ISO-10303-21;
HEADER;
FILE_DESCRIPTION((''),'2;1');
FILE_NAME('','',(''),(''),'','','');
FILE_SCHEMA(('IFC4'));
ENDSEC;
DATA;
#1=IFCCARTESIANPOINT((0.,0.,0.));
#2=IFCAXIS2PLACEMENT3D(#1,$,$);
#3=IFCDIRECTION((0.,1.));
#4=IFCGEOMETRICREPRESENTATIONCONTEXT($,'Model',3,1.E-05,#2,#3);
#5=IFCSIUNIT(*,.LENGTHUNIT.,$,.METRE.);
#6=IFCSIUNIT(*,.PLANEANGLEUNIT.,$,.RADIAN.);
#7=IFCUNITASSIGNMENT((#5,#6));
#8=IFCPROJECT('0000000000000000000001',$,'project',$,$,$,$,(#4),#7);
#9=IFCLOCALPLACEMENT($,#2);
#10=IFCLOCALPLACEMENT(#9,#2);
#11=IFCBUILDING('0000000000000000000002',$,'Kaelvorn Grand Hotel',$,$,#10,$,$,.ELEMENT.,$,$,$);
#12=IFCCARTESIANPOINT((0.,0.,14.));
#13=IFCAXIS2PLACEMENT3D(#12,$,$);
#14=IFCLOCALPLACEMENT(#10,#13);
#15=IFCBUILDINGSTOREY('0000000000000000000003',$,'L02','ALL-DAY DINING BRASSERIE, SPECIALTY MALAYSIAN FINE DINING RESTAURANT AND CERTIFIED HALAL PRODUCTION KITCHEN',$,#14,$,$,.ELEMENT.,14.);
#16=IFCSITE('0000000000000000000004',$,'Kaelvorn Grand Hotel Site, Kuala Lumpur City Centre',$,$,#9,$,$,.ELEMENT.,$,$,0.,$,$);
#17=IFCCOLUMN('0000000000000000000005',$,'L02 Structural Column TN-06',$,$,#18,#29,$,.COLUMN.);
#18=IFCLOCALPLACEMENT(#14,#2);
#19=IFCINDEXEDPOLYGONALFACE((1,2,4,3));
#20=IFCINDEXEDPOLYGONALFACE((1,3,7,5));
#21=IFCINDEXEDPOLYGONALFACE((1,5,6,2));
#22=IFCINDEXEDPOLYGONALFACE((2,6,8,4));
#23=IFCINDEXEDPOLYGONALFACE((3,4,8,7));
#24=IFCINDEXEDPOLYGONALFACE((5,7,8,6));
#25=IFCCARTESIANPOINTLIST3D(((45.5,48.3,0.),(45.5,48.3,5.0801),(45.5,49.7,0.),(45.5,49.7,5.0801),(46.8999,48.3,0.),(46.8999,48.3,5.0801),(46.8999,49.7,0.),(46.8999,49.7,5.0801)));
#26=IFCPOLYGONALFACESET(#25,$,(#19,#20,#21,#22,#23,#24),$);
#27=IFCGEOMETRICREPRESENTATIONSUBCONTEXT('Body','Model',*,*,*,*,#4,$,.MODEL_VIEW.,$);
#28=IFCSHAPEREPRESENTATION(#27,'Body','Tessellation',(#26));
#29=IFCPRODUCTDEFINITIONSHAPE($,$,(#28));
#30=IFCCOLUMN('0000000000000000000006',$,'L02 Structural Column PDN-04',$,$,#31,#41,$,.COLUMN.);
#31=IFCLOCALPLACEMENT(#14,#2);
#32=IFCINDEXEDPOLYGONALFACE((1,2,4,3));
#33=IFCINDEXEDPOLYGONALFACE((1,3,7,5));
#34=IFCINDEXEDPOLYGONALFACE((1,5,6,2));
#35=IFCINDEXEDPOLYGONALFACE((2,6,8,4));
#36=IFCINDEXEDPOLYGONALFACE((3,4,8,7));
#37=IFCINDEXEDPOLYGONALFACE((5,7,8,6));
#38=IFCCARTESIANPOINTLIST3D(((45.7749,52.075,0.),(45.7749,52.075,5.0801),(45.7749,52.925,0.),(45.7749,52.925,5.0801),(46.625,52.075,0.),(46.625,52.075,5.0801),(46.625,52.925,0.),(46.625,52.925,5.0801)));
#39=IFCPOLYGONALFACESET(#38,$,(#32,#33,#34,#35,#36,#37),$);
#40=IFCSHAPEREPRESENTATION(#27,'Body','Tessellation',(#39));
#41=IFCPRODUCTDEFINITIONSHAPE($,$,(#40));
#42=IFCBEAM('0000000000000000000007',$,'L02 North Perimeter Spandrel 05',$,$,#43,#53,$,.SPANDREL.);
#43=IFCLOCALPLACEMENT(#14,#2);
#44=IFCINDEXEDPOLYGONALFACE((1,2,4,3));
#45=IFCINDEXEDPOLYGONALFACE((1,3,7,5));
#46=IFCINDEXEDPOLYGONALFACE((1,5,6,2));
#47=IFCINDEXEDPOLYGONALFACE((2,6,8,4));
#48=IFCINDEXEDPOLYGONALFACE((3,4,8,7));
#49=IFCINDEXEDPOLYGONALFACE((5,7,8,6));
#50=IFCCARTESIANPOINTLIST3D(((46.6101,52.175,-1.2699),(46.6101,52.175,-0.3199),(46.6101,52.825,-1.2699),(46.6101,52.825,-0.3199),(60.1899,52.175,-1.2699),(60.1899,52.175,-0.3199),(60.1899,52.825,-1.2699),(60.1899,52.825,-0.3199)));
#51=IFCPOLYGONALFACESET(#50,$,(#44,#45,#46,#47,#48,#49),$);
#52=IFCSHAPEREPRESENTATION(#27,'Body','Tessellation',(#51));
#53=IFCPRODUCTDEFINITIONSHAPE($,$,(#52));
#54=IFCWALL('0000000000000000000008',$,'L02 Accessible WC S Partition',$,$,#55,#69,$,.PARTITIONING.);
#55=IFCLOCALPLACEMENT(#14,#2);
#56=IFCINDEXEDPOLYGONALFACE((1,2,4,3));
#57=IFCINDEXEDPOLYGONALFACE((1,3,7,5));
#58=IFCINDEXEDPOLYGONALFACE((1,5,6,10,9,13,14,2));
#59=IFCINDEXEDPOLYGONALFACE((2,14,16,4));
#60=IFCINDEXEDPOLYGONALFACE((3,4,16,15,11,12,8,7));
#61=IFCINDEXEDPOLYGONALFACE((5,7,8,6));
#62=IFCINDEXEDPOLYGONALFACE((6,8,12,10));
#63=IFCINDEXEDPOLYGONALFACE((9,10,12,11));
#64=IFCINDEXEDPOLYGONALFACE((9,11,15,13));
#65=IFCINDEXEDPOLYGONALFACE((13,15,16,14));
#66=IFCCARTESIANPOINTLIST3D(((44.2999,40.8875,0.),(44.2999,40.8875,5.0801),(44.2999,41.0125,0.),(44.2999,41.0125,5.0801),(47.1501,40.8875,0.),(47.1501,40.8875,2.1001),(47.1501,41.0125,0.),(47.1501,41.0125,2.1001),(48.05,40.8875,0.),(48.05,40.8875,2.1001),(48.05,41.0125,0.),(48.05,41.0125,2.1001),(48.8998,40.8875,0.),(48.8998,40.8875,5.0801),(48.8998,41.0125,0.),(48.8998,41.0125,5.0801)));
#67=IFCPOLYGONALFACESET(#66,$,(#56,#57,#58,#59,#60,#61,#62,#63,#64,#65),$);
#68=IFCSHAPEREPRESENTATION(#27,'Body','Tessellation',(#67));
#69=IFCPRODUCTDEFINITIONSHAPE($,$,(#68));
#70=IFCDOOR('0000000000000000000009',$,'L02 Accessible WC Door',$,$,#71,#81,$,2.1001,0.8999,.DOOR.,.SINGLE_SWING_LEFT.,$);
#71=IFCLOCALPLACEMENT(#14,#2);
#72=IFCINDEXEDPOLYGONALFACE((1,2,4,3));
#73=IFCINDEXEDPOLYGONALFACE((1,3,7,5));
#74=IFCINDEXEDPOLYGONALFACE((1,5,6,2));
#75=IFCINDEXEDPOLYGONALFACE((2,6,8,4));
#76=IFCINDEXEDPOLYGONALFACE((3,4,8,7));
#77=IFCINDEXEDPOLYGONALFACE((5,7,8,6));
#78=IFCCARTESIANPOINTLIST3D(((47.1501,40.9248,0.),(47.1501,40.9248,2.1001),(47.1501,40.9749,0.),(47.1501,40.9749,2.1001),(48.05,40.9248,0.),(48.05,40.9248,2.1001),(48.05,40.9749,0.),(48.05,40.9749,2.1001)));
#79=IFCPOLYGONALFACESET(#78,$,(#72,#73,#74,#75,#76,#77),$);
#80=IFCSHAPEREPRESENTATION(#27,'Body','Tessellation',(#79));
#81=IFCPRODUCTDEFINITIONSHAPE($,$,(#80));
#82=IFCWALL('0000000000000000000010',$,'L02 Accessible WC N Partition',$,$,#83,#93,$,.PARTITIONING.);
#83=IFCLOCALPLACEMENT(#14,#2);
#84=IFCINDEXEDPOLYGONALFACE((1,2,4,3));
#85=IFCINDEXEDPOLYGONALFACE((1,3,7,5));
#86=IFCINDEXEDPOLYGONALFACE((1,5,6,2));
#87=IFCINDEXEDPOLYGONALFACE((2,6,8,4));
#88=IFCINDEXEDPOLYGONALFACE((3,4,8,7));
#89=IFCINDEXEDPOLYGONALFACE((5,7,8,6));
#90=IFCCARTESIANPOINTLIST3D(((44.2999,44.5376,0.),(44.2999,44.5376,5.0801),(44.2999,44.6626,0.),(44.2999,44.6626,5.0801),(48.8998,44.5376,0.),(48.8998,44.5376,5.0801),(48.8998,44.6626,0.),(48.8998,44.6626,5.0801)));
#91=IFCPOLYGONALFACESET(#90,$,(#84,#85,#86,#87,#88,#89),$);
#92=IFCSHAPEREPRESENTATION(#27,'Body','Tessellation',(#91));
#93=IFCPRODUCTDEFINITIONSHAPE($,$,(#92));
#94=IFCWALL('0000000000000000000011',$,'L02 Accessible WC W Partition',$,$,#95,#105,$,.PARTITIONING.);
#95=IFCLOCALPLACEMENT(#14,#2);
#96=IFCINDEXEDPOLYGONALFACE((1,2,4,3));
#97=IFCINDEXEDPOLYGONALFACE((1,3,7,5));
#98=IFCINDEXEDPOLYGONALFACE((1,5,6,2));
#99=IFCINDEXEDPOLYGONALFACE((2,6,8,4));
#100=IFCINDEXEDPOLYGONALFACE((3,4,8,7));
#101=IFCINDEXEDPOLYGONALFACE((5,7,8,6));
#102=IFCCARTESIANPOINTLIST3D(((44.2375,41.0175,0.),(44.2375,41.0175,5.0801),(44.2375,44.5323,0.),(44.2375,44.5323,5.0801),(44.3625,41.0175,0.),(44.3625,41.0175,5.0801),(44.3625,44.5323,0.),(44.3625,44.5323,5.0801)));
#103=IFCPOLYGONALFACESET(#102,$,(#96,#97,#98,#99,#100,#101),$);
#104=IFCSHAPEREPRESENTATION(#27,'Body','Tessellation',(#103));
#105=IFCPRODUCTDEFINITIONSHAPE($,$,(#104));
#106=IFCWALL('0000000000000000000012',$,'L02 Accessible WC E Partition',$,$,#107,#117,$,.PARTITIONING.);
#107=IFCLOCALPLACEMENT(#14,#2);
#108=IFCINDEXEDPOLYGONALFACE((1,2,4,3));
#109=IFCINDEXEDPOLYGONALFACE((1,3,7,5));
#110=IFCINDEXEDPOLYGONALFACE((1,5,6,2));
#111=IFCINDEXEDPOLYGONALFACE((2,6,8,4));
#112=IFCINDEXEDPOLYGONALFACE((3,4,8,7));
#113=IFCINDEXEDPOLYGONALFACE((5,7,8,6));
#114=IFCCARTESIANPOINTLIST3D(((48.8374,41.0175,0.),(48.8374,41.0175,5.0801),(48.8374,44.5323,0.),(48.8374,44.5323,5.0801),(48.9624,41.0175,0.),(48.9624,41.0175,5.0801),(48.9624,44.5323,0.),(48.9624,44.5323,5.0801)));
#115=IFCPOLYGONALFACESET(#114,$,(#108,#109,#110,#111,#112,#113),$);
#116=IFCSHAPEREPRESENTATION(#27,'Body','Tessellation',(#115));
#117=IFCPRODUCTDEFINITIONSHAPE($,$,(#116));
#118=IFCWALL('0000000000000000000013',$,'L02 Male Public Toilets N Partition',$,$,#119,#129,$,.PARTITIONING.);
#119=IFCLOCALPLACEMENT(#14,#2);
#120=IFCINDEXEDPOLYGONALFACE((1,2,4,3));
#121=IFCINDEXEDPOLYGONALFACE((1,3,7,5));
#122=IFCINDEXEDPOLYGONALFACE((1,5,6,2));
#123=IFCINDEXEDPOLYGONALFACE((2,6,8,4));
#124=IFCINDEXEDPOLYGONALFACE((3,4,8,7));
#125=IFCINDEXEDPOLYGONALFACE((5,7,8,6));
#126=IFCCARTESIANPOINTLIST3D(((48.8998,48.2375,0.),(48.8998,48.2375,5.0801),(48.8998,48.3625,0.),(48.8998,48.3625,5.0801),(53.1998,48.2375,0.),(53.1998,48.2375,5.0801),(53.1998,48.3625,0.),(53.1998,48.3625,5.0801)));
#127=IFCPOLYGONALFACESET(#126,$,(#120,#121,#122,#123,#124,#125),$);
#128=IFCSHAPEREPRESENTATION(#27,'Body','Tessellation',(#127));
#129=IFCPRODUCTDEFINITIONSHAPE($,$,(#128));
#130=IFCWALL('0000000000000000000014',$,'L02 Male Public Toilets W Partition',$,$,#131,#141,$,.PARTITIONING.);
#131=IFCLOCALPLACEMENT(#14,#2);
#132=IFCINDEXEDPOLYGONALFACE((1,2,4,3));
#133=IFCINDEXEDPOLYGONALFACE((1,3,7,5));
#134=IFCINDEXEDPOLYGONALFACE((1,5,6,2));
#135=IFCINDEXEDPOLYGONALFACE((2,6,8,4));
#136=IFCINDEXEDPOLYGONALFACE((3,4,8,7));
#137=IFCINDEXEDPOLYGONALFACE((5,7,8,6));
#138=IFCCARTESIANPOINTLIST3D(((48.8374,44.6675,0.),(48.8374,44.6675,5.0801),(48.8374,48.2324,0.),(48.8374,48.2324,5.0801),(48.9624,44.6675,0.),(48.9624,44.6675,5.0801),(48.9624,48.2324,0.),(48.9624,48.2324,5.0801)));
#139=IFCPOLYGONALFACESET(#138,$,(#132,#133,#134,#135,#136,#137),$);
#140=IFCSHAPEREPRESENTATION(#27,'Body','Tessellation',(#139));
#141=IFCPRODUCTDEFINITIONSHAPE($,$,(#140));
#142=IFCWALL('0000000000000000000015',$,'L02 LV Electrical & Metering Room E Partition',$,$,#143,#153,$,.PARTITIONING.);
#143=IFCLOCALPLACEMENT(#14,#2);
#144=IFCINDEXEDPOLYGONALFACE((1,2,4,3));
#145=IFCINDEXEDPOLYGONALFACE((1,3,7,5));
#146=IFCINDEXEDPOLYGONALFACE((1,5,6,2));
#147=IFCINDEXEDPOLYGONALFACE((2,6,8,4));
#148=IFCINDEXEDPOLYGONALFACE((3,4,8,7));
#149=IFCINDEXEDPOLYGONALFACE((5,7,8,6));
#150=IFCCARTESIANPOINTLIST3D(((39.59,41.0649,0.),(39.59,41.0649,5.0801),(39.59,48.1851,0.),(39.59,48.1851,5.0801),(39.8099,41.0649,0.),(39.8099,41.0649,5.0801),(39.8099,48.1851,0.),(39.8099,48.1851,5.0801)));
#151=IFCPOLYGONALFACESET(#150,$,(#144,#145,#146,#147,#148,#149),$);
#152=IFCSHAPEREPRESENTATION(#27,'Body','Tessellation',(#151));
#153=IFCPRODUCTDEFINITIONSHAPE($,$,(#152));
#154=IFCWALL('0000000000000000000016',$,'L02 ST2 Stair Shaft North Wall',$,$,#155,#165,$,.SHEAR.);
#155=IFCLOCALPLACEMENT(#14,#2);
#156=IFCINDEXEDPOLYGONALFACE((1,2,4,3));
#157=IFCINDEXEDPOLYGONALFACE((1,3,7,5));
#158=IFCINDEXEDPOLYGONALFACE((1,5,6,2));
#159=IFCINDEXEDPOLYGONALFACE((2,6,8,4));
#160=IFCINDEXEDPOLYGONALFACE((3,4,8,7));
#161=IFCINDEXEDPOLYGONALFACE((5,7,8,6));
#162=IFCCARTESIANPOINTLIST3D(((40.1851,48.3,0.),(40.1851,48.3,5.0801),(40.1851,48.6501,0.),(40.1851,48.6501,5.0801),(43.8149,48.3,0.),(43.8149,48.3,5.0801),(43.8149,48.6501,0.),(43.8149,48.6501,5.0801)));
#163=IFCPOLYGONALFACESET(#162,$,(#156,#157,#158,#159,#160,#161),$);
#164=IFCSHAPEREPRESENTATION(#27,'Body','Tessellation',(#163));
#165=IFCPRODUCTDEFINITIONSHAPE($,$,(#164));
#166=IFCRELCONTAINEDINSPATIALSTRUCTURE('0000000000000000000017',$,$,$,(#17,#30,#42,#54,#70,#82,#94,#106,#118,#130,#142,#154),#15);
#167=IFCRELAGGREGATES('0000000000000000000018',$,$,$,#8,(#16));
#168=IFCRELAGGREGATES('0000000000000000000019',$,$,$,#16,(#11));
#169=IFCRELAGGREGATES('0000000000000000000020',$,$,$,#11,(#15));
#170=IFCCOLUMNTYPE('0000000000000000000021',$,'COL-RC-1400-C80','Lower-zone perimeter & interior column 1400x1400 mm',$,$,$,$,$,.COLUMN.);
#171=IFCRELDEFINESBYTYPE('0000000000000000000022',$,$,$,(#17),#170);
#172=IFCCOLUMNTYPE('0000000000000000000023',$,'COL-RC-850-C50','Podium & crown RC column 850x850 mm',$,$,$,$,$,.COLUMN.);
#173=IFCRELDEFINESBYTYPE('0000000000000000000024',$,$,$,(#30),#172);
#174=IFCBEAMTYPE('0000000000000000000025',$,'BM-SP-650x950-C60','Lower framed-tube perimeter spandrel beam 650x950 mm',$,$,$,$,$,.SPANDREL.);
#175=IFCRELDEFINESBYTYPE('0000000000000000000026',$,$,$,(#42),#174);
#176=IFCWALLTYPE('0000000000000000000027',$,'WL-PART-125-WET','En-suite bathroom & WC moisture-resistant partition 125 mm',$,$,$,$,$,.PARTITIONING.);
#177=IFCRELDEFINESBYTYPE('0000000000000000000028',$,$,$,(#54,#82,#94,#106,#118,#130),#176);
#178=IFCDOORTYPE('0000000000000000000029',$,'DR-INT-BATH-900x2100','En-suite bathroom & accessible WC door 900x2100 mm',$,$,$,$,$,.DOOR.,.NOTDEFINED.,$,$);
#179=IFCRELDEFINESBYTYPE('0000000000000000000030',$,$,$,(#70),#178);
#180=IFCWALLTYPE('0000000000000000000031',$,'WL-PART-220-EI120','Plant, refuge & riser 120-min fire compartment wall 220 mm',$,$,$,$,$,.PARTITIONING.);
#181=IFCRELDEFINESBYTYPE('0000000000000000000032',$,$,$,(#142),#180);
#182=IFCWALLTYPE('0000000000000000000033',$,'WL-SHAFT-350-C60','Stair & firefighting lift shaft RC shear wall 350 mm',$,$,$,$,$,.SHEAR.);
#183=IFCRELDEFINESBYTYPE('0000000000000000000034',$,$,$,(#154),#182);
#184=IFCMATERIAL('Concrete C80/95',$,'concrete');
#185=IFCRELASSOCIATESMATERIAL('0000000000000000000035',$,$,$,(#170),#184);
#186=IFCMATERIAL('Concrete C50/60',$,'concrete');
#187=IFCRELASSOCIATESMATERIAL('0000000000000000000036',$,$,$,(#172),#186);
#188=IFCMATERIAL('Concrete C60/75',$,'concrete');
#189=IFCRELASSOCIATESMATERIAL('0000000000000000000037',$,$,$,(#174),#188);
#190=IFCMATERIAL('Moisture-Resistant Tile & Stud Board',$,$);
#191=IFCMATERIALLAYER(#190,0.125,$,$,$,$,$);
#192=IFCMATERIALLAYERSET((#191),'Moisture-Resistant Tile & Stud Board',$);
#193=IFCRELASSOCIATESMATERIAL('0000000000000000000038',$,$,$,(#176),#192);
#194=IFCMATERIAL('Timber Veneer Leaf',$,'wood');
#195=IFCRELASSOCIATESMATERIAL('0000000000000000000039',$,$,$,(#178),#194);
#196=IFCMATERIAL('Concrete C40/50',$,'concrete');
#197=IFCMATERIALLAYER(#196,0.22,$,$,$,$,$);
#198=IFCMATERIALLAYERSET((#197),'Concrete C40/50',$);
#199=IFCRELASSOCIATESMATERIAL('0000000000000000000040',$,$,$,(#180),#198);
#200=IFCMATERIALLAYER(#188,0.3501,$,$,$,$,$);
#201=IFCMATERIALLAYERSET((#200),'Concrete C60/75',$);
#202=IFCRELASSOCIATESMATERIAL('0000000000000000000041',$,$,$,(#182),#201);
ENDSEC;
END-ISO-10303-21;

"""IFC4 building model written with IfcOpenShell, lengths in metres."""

from ifc_helpers import new_model, si_unit, direction, frame, frame_2d, origin, origin_2d, place, context, subcontext, project, spatial, rectangle, extrude, material, layer, layer_set, material_profile, profile_set, type_object, element, fill, save


model = new_model("IFC4")

# Units and contexts
model_context = context("Model", 3, precision=1e-05, world=origin(), true_north=direction((0.0, 1.0)))
body_context = subcontext(model_context, "Body", "Model", "MODEL_VIEW")
ifc_project = project(units=[si_unit("LENGTHUNIT", "METRE"), si_unit("PLANEANGLEUNIT", "RADIAN")], contexts=[model_context])

# Site, building, storey
site_placement = place(None, origin())
site = spatial("IfcSite", under=ifc_project, at=site_placement, Name="Kaelvorn Grand Hotel Site, Kuala Lumpur City Centre", CompositionType="ELEMENT", RefElevation=0.0)
building_placement = place(site_placement, origin())
building = spatial("IfcBuilding", under=site, at=building_placement, Name="Kaelvorn Grand Hotel", CompositionType="ELEMENT")
storey_placement = place(building_placement, frame((0.0, 0.0, 14.0)))
storey = spatial("IfcBuildingStorey", under=building, at=storey_placement, Name="L02", Description="ALL-DAY DINING BRASSERIE, SPECIALTY MALAYSIAN FINE DINING RESTAURANT AND CERTIFIED HALAL PRODUCTION KITCHEN", CompositionType="ELEMENT", Elevation=14.0)

# Columns
ifc_material_1 = material(Name="Concrete C80/95", Category="concrete")
ifc_material_profile_1 = material_profile(ifc_material_1, rectangle(XDim=1.3999, YDim=1.3999, at=origin_2d()), Name="RC COL 1400x1400")
ifc_profile_set_1 = profile_set([ifc_material_profile_1], Name="Concrete C80/95")
column_type_1 = type_object("IfcColumnType", Name="COL-RC-1400-C80", Description="Lower-zone perimeter & interior column 1400x1400 mm", PredefinedType="COLUMN", material=ifc_profile_set_1)
column_1_placement = place(storey_placement, frame((46.2, 49.0, 0.0), z_axis=(0.0, 0.0, 1.0), x_axis=(1.0, 0.0, 0.0)))
element("IfcColumn", 1, at=column_1_placement, inside=storey, type_object=column_type_1, Name="L02 Structural Column TN-06", PredefinedType="COLUMN", context=body_context, shape_type="SweptSolid", body=[
    extrude(rectangle(XDim=1.3999, YDim=1.3999, at=origin_2d()), origin(), (0.0, 0.0, 1.0), 5.0801),
])
ifc_material_2 = material(Name="Concrete C50/60", Category="concrete")
ifc_material_profile_2 = material_profile(ifc_material_2, rectangle(XDim=0.8501, YDim=0.8501, at=origin_2d()), Name="RC COL 850x850")
ifc_profile_set_2 = profile_set([ifc_material_profile_2], Name="Concrete C50/60")
column_type_2 = type_object("IfcColumnType", Name="COL-RC-850-C50", Description="Podium & crown RC column 850x850 mm", PredefinedType="COLUMN", material=ifc_profile_set_2)
column_2_placement = place(storey_placement, frame((46.2, 52.5, 0.0), z_axis=(0.0, 0.0, 1.0), x_axis=(1.0, 0.0, 0.0)))
element("IfcColumn", 2, at=column_2_placement, inside=storey, type_object=column_type_2, Name="L02 Structural Column PDN-04", PredefinedType="COLUMN", context=body_context, shape_type="SweptSolid", body=[
    extrude(rectangle(XDim=0.8501, YDim=0.8501, at=origin_2d()), origin(), (0.0, 0.0, 1.0), 5.0801),
])

# Beam
ifc_material_3 = material(Name="Concrete C60/75", Category="concrete")
ifc_material_profile_3 = material_profile(ifc_material_3, rectangle(XDim=0.6499, YDim=0.95, at=origin_2d()), Name="RC SPANDREL 650x950")
ifc_profile_set_3 = profile_set([ifc_material_profile_3], Name="Concrete C60/75")
beam_type = type_object("IfcBeamType", Name="BM-SP-650x950-C60", Description="Lower framed-tube perimeter spandrel beam 650x950 mm", PredefinedType="SPANDREL", material=ifc_profile_set_3)
beam_placement = place(storey_placement, frame((46.6101, 52.5, -0.7949), z_axis=(1.0, 0.0, 0.0), x_axis=(0.0, 1.0, 0.0)))
element("IfcBeam", 3, at=beam_placement, inside=storey, type_object=beam_type, Name="L02 North Perimeter Spandrel 05", PredefinedType="SPANDREL", context=body_context, shape_type="SweptSolid", body=[
    extrude(rectangle(XDim=0.6499, YDim=0.95, at=origin_2d()), origin(), (0.0, 0.0, 1.0), 13.5798),
])

# Wall, opening, door
ifc_material_4 = material(Name="Moisture-Resistant Tile & Stud Board")
ifc_layer_1 = layer(ifc_material_4, 0.125)
ifc_layer_set_1 = layer_set([ifc_layer_1], Name="Moisture-Resistant Tile & Stud Board")
wall_type_1 = type_object("IfcWallType", Name="WL-PART-125-WET", Description="En-suite bathroom & WC moisture-resistant partition 125 mm", PredefinedType="PARTITIONING", material=ifc_layer_set_1)
wall_1_placement = place(storey_placement, frame((44.3, 40.95, 0.0), z_axis=(0.0, 0.0, 1.0), x_axis=(1.0, 0.0, 0.0)))
wall_1 = element("IfcWall", 4, at=wall_1_placement, inside=storey, type_object=wall_type_1, Name="L02 Accessible WC S Partition", PredefinedType="PARTITIONING", context=body_context, shape_type="SweptSolid", body=[
    extrude(rectangle(XDim=4.5999, YDim=0.125, at=frame_2d((2.2998, 0.0))), origin(), (0.0, 0.0, 1.0), 5.0801),
])
opening_placement = place(wall_1_placement, frame((2.8501, 0.0, 0.0)))
opening = element("IfcOpeningElement", 5, at=opening_placement, cuts=wall_1, PredefinedType="OPENING", context=body_context, shape_type="SweptSolid", body=[
    extrude(rectangle(XDim=0.8999, YDim=2.1001, at=frame_2d((0.45, 1.05))), frame((0.0, 0.0725, 0.0), z_axis=(0.0, -1.0, 0.0), x_axis=(1.0, 0.0, 0.0)), (0.0, 0.0, 1.0), 0.145),
])
ifc_material_5 = material(Name="Timber Veneer Leaf", Category="wood")
door_type = type_object("IfcDoorType", Name="DR-INT-BATH-900x2100", Description="En-suite bathroom & accessible WC door 900x2100 mm", OperationType="NOTDEFINED", PredefinedType="DOOR", material=ifc_material_5)
door_placement = place(opening_placement, origin())
door = element("IfcDoor", 6, at=door_placement, inside=storey, type_object=door_type, Name="L02 Accessible WC Door", OperationType="SINGLE_SWING_LEFT", OverallHeight=2.1001, OverallWidth=0.8999, PredefinedType="DOOR", context=body_context, shape_type="SweptSolid", body=[
    extrude(rectangle(XDim=0.8999, YDim=2.1001, at=frame_2d((0.45, 1.05))), frame((0.0, 0.0249, 0.0), z_axis=(0.0, -1.0, 0.0), x_axis=(1.0, 0.0, 0.0)), (0.0, 0.0, 1.0), 0.05),
])
fill(opening, door)

# Walls
wall_2_placement = place(storey_placement, frame((44.3, 44.6001, 0.0), z_axis=(0.0, 0.0, 1.0), x_axis=(1.0, 0.0, 0.0)))
element("IfcWall", 7, at=wall_2_placement, inside=storey, type_object=wall_type_1, Name="L02 Accessible WC N Partition", PredefinedType="PARTITIONING", context=body_context, shape_type="SweptSolid", body=[
    extrude(rectangle(XDim=4.5999, YDim=0.125, at=frame_2d((2.2998, 0.0))), origin(), (0.0, 0.0, 1.0), 5.0801),
])
for number, where, z_axis, x_axis, name in (
    (8, (44.3, 41.0176, 0.0), (0.0, 0.0, 1.0), (0.0, 1.0, 0.0), "L02 Accessible WC W Partition"),
    (9, (48.8999, 41.0176, 0.0), (0.0, 0.0, 1.0), (0.0, 1.0, 0.0), "L02 Accessible WC E Partition"),
):
    element("IfcWall", number, at=place(storey_placement, frame(where, z_axis=z_axis, x_axis=x_axis)), inside=storey, type_object=wall_type_1, Name=name, PredefinedType="PARTITIONING", context=body_context, shape_type="SweptSolid", body=[
        extrude(rectangle(XDim=3.5149, YDim=0.125, at=frame_2d((1.7573, 0.0))), origin(), (0.0, 0.0, 1.0), 5.0801),
    ])
wall_3_placement = place(storey_placement, frame((48.8999, 48.3, 0.0), z_axis=(0.0, 0.0, 1.0), x_axis=(1.0, 0.0, 0.0)))
element("IfcWall", 10, at=wall_3_placement, inside=storey, type_object=wall_type_1, Name="L02 Male Public Toilets N Partition", PredefinedType="PARTITIONING", context=body_context, shape_type="SweptSolid", body=[
    extrude(rectangle(XDim=4.3, YDim=0.125, at=frame_2d((2.1499, 0.0))), origin(), (0.0, 0.0, 1.0), 5.0801),
])
wall_4_placement = place(storey_placement, frame((48.8999, 44.6675, 0.0), z_axis=(0.0, 0.0, 1.0), x_axis=(0.0, 1.0, 0.0)))
element("IfcWall", 11, at=wall_4_placement, inside=storey, type_object=wall_type_1, Name="L02 Male Public Toilets W Partition", PredefinedType="PARTITIONING", context=body_context, shape_type="SweptSolid", body=[
    extrude(rectangle(XDim=3.5649, YDim=0.125, at=frame_2d((1.7825, 0.0))), origin(), (0.0, 0.0, 1.0), 5.0801),
])
ifc_material_6 = material(Name="Concrete C40/50", Category="concrete")
ifc_layer_2 = layer(ifc_material_6, 0.22)
ifc_layer_set_2 = layer_set([ifc_layer_2], Name="Concrete C40/50")
wall_type_2 = type_object("IfcWallType", Name="WL-PART-220-EI120", Description="Plant, refuge & riser 120-min fire compartment wall 220 mm", PredefinedType="PARTITIONING", material=ifc_layer_set_2)
wall_5_placement = place(storey_placement, frame((39.7, 41.0649, 0.0), z_axis=(0.0, 0.0, 1.0), x_axis=(0.0, 1.0, 0.0)))
element("IfcWall", 12, at=wall_5_placement, inside=storey, type_object=wall_type_2, Name="L02 LV Electrical & Metering Room E Partition", PredefinedType="PARTITIONING", context=body_context, shape_type="SweptSolid", body=[
    extrude(rectangle(XDim=7.1201, YDim=0.22, at=frame_2d((3.5601, 0.0))), origin(), (0.0, 0.0, 1.0), 5.0801),
])
ifc_layer_3 = layer(ifc_material_3, 0.3501)
ifc_layer_set_3 = layer_set([ifc_layer_3], Name="Concrete C60/75")
wall_type_3 = type_object("IfcWallType", Name="WL-SHAFT-350-C60", Description="Stair & firefighting lift shaft RC shear wall 350 mm", PredefinedType="SHEAR", material=ifc_layer_set_3)
wall_6_placement = place(storey_placement, frame((40.1851, 48.4751, 0.0), z_axis=(0.0, 0.0, 1.0), x_axis=(1.0, 0.0, 0.0)))
element("IfcWall", 13, at=wall_6_placement, inside=storey, type_object=wall_type_3, Name="L02 ST2 Stair Shaft North Wall", PredefinedType="SHEAR", context=body_context, shape_type="SweptSolid", body=[
    extrude(rectangle(XDim=3.6299, YDim=0.3501, at=frame_2d((1.8149, 0.0))), origin(), (0.0, 0.0, 1.0), 5.0801),
])

save(model, "model.ifc")
